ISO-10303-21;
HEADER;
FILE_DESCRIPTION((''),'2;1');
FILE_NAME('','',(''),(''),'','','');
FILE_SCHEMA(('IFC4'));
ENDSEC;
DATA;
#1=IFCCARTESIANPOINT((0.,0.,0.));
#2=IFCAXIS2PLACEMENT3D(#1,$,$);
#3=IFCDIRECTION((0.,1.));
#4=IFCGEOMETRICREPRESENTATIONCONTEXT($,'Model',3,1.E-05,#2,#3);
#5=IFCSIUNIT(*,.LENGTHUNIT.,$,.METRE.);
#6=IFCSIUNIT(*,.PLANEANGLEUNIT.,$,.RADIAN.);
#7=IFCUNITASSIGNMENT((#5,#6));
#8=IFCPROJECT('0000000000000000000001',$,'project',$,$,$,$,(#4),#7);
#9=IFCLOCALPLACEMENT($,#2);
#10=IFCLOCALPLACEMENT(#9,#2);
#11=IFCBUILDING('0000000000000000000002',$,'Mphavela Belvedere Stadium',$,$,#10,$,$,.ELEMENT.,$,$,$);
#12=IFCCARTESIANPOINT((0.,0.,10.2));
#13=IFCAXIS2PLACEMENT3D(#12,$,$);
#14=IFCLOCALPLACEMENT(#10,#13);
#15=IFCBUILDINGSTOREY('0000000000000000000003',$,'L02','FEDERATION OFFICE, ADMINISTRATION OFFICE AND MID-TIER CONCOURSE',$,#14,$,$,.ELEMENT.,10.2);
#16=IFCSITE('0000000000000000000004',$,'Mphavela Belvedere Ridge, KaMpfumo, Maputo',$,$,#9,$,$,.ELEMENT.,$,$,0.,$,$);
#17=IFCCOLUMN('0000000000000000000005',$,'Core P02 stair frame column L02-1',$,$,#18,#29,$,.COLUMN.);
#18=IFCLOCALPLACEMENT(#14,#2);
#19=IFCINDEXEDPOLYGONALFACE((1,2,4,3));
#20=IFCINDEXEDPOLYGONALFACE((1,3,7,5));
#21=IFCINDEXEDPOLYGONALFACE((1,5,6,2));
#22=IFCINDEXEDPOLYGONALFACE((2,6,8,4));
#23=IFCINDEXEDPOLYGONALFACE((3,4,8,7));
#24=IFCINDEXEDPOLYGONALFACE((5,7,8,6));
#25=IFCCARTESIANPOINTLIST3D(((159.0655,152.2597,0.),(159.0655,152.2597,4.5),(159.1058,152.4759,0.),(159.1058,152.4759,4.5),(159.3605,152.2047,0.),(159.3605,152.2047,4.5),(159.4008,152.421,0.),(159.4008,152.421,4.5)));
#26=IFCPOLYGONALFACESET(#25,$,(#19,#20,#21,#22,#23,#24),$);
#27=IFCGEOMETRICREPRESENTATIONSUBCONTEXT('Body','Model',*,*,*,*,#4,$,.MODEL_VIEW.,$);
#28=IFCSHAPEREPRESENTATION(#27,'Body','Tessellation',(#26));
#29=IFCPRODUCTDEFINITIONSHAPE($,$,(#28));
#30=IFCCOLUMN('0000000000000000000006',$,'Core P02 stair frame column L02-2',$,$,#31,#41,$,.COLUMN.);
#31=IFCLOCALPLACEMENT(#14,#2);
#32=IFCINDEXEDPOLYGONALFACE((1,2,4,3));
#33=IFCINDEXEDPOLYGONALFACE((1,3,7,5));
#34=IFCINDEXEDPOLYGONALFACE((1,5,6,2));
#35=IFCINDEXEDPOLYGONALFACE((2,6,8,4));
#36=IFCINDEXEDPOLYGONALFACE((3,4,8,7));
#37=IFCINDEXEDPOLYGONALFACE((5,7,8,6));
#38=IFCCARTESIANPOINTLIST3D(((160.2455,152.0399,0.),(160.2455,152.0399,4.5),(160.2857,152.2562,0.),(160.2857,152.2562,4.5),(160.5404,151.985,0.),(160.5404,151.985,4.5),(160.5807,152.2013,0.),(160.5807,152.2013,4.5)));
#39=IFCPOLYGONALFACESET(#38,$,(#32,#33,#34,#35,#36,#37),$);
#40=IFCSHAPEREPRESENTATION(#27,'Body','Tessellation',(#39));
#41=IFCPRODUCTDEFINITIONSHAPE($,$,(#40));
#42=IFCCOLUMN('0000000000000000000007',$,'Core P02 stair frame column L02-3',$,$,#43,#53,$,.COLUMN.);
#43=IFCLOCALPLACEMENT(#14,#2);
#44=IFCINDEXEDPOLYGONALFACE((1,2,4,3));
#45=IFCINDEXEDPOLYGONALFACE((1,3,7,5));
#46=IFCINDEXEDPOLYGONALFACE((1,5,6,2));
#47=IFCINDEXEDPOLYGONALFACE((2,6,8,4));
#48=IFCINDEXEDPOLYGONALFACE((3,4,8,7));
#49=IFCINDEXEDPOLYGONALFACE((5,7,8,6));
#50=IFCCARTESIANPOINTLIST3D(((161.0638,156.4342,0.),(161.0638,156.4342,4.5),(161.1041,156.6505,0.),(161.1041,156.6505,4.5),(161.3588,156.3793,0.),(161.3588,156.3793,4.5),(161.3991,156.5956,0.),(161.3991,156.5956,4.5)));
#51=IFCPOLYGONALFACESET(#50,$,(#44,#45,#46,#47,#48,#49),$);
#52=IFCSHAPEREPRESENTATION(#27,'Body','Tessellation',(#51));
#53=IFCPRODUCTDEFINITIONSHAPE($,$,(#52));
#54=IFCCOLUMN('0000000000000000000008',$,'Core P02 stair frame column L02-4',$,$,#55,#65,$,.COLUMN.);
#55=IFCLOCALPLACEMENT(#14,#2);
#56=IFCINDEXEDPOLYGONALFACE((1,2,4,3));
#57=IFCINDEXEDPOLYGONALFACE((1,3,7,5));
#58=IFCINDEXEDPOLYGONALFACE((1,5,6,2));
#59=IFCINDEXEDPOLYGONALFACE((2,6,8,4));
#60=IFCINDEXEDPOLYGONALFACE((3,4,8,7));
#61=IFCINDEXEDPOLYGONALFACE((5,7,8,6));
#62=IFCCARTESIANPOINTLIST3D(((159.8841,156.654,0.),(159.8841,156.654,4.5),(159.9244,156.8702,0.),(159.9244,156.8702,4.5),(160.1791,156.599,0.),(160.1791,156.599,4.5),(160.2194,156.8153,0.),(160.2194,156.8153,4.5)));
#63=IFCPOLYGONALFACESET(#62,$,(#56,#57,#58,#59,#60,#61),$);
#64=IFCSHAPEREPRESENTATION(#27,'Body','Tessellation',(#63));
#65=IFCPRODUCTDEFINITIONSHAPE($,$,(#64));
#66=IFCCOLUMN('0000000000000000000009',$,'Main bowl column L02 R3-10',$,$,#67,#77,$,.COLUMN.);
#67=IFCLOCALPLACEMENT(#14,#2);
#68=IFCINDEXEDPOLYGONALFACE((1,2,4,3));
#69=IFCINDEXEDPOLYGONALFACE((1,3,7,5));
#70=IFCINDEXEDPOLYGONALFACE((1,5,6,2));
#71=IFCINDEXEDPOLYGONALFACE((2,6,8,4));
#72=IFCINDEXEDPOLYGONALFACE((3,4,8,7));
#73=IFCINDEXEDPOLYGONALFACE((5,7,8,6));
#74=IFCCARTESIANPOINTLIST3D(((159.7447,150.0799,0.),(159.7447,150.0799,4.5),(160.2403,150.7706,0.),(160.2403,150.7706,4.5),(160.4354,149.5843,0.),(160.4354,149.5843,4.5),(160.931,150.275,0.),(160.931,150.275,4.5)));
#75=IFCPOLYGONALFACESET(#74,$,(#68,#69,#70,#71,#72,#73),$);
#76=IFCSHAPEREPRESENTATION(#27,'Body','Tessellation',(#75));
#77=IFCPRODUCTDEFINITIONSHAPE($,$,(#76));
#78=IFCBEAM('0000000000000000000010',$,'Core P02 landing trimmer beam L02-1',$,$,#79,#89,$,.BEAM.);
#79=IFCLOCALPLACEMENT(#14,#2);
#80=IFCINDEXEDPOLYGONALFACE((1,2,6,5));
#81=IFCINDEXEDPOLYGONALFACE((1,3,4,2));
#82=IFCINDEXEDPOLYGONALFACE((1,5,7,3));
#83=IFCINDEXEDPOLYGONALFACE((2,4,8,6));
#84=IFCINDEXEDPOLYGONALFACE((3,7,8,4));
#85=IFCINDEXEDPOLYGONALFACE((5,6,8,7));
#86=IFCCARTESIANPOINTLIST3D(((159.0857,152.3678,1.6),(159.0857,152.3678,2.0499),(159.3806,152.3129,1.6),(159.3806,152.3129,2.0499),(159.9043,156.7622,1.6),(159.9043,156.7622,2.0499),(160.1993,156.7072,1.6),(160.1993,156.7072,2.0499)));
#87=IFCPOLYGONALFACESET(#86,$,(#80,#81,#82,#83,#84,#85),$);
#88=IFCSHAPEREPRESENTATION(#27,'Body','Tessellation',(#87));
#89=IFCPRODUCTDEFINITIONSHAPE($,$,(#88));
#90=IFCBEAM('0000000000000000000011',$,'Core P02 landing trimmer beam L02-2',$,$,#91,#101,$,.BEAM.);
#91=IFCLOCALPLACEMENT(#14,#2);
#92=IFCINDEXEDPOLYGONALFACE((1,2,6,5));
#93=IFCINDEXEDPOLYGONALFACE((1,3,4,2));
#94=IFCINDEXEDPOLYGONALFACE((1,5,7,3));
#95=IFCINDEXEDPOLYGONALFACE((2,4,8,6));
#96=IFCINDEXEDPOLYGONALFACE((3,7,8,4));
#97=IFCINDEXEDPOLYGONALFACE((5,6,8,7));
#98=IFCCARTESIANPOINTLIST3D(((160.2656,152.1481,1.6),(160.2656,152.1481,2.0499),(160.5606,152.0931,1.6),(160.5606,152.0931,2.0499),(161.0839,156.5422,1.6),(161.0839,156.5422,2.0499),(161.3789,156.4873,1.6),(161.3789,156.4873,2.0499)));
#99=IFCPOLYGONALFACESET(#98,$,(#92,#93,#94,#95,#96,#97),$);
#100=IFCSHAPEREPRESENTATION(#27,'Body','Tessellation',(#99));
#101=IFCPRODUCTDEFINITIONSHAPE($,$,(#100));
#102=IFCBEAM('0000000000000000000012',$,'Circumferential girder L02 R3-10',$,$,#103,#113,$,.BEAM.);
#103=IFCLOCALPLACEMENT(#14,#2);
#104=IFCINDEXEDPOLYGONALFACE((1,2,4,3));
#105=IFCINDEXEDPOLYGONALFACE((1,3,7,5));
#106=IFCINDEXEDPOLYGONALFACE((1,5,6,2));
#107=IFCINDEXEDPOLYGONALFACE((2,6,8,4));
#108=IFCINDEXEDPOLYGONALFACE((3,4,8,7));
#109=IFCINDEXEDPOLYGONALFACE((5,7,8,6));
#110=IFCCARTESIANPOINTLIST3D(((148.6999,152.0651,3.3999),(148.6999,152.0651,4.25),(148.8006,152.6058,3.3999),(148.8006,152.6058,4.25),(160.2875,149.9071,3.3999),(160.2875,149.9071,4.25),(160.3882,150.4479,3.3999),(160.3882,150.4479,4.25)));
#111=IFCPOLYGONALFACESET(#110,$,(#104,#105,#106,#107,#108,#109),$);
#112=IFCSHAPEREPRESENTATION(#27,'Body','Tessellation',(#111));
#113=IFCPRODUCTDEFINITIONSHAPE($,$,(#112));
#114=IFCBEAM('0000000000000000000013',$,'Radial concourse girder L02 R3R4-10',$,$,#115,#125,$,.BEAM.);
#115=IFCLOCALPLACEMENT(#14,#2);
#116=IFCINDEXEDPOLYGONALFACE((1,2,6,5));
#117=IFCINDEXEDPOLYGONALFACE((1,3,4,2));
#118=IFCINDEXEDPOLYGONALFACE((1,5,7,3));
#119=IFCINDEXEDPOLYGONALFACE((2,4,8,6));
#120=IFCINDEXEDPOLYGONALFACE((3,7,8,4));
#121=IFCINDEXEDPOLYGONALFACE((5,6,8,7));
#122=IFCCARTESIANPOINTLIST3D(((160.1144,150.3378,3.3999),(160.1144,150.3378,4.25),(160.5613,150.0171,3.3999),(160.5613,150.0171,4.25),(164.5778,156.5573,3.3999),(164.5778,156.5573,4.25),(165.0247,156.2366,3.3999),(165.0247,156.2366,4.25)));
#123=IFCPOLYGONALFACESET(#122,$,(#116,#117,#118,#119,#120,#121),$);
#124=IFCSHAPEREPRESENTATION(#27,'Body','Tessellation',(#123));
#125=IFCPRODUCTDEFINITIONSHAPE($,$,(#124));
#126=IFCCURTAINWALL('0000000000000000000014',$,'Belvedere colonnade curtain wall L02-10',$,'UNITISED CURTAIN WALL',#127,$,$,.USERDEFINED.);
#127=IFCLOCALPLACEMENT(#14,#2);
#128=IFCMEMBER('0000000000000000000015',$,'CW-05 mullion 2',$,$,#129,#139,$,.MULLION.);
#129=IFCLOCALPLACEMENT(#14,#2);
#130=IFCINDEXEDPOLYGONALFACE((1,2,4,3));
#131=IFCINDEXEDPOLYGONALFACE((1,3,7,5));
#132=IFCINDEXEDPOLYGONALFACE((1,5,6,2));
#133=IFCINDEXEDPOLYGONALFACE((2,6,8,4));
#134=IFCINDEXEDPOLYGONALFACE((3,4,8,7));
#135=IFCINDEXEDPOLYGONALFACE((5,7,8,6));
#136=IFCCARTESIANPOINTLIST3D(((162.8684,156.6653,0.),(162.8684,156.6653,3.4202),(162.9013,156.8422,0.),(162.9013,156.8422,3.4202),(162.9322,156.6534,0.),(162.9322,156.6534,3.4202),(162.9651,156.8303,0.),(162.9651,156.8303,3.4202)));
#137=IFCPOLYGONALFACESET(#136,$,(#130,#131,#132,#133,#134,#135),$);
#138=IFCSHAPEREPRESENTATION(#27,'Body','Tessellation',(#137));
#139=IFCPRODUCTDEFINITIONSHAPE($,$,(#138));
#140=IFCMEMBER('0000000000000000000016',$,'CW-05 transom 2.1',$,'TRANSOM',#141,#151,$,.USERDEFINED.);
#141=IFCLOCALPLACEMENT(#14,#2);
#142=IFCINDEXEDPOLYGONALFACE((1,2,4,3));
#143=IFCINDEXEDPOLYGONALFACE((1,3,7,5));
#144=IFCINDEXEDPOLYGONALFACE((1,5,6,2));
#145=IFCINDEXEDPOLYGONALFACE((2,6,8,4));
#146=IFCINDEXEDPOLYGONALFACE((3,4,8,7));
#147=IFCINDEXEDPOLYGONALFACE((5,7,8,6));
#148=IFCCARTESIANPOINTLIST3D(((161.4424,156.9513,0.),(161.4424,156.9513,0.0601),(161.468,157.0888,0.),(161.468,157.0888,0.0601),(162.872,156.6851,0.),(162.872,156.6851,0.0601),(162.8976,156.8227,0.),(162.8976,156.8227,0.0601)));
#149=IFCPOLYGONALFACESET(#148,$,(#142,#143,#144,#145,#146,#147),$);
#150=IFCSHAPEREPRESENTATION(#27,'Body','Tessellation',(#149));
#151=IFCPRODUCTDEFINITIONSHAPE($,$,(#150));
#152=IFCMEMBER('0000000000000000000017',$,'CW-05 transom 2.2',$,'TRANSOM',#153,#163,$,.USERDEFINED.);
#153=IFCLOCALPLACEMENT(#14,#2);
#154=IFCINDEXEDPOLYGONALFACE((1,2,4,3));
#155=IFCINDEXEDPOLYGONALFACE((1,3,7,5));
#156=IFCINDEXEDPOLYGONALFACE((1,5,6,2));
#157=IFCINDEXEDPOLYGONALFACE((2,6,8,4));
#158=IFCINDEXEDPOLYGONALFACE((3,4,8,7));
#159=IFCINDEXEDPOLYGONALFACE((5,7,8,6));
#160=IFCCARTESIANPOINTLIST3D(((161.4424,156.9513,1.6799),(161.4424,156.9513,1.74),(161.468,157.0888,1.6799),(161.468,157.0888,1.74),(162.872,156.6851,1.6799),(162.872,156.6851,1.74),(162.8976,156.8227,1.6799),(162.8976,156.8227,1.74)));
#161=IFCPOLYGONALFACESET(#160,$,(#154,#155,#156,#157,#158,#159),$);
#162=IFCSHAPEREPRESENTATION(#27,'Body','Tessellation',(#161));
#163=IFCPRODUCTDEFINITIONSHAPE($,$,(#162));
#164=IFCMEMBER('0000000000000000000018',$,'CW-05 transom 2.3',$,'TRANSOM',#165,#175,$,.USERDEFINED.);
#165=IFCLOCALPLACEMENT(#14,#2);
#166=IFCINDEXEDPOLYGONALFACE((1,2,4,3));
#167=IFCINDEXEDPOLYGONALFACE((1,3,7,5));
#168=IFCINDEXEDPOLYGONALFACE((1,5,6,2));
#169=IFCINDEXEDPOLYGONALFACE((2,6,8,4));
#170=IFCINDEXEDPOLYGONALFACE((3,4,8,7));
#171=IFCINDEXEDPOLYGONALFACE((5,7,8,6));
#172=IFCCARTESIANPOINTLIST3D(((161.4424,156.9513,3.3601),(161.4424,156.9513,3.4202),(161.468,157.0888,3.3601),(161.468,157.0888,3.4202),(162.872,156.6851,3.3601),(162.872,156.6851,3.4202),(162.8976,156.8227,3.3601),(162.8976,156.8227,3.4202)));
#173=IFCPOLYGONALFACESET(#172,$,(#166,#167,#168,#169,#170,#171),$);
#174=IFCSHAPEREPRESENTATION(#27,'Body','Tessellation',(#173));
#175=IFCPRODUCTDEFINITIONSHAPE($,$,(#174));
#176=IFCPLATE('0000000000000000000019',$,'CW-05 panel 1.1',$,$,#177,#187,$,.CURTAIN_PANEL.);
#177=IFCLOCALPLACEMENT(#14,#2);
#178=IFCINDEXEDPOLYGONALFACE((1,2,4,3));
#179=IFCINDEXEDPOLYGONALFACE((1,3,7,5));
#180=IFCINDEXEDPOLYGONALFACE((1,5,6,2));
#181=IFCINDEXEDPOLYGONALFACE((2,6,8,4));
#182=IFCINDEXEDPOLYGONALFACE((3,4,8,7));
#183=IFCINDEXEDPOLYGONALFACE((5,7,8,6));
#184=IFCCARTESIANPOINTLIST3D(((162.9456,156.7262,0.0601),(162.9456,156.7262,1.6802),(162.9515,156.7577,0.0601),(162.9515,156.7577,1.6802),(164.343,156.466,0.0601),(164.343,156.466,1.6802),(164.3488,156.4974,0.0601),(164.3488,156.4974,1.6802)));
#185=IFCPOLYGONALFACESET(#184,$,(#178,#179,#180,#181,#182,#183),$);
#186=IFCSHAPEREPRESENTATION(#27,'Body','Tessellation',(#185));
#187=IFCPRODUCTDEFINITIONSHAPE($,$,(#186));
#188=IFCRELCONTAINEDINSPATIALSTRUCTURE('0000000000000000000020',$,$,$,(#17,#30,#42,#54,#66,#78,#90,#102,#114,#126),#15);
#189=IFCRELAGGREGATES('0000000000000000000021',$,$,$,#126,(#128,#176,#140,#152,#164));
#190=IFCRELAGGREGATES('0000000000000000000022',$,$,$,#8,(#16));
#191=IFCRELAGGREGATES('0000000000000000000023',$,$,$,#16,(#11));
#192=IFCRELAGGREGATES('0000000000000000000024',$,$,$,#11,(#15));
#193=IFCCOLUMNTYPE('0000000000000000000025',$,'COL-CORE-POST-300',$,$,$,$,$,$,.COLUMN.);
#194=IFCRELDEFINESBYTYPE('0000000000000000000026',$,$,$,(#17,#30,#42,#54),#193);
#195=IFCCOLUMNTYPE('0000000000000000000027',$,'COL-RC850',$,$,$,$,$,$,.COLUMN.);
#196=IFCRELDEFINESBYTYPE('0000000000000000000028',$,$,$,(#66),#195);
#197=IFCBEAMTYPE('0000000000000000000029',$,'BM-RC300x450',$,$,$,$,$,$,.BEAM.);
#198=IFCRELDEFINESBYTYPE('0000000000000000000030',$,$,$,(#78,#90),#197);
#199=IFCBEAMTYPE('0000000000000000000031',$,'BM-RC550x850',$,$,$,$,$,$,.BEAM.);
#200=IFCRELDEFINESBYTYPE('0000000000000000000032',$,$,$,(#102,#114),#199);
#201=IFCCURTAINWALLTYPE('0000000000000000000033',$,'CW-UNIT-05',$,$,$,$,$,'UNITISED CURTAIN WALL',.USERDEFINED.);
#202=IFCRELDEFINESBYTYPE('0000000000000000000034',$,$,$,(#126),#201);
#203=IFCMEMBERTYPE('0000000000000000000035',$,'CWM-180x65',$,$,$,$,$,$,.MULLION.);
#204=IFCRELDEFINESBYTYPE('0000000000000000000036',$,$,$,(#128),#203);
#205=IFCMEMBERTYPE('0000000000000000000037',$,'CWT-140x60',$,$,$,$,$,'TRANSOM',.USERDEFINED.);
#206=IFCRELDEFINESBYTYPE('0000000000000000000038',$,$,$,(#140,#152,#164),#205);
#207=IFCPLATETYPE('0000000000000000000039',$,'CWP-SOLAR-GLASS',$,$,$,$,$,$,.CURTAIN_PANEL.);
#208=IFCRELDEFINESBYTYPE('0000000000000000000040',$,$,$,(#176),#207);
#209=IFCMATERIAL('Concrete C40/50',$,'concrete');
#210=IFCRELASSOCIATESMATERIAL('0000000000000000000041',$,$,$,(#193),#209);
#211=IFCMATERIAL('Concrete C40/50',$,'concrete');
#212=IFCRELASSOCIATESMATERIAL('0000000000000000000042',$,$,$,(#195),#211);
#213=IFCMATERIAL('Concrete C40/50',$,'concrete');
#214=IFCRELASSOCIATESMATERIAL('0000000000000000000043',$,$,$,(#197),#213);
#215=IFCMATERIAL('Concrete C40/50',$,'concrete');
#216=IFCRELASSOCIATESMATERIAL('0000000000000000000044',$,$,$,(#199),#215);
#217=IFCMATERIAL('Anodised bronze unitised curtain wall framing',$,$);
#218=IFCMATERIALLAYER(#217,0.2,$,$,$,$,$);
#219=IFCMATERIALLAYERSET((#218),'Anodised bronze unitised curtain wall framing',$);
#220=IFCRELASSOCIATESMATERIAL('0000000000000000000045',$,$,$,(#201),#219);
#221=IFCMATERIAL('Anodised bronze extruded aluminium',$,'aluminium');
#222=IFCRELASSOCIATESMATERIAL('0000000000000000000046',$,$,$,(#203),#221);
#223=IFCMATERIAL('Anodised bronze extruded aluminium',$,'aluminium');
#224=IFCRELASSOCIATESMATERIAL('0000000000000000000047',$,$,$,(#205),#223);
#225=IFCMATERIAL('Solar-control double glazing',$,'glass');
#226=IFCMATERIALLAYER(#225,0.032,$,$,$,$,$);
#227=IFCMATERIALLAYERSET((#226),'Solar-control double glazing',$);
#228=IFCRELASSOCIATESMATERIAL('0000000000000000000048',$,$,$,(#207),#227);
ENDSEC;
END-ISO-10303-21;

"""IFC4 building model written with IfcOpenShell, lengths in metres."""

from ifc_helpers import new_model, si_unit, direction, frame, origin, origin_2d, place, context, subcontext, project, spatial, rectangle, extrude, material, layer, layer_set, material_profile, profile_set, type_object, element, aggregate, save


model = new_model("IFC4")

# Units and contexts
model_context = context("Model", 3, precision=1e-05, world=origin(), true_north=direction((0.0, 1.0)))
body_context = subcontext(model_context, "Body", "Model", "MODEL_VIEW")
ifc_project = project(units=[si_unit("LENGTHUNIT", "METRE"), si_unit("PLANEANGLEUNIT", "RADIAN")], contexts=[model_context])

# Site, building, storey
site_placement = place(None, origin())
site = spatial("IfcSite", under=ifc_project, at=site_placement, Name="Mphavela Belvedere Ridge, KaMpfumo, Maputo", CompositionType="ELEMENT", RefElevation=0.0)
building_placement = place(site_placement, origin())
building = spatial("IfcBuilding", under=site, at=building_placement, Name="Mphavela Belvedere Stadium", CompositionType="ELEMENT")
storey_placement = place(building_placement, frame((0.0, 0.0, 10.2)))
storey = spatial("IfcBuildingStorey", under=building, at=storey_placement, Name="L02", Description="FEDERATION OFFICE, ADMINISTRATION OFFICE AND MID-TIER CONCOURSE", CompositionType="ELEMENT", Elevation=10.2)

# Columns
ifc_material_1 = material(Name="Concrete C40/50", Category="concrete")
ifc_material_profile_1 = material_profile(ifc_material_1, rectangle(XDim=0.3, YDim=0.22, at=origin_2d()), Name="RC 300x220")
ifc_profile_set_1 = profile_set([ifc_material_profile_1], Name="Concrete C40/50")
column_type_1 = type_object("IfcColumnType", Name="COL-CORE-POST-300", PredefinedType="COLUMN", material=ifc_profile_set_1)
for number, where, z_axis, x_axis, name in (
    (1, (159.2332, 152.3403, 0.0), (0.0, 0.0, 1.0), (0.983096, -0.183094, 0.0), "Core P02 stair frame column L02-1"),
    (2, (160.4131, 152.1206, 0.0), (0.0, 0.0, 1.0), (0.983096, -0.183094, 0.0), "Core P02 stair frame column L02-2"),
    (3, (161.2314, 156.5149, 0.0), (0.0, 0.0, 1.0), (0.983096, -0.183094, 0.0), "Core P02 stair frame column L02-3"),
    (4, (160.0518, 156.7346, 0.0), (0.0, 0.0, 1.0), (0.983096, -0.183094, 0.0), "Core P02 stair frame column L02-4"),
):
    element("IfcColumn", number, at=place(storey_placement, frame(where, z_axis=z_axis, x_axis=x_axis)), inside=storey, type_object=column_type_1, Name=name, PredefinedType="COLUMN", context=body_context, shape_type="SweptSolid", body=[
        extrude(rectangle(XDim=0.3, YDim=0.22, at=origin_2d()), origin(), (0.0, 0.0, 1.0), 4.5),
    ])
ifc_material_2 = material(Name="Concrete C40/50", Category="concrete")
ifc_material_profile_2 = material_profile(ifc_material_2, rectangle(XDim=0.8501, YDim=0.8501, at=origin_2d()), Name="RC 850x850")
ifc_profile_set_2 = profile_set([ifc_material_profile_2], Name="Concrete C40/50")
column_type_2 = type_object("IfcColumnType", Name="COL-RC850", PredefinedType="COLUMN", material=ifc_profile_set_2)
column_placement = place(storey_placement, frame((160.3379, 150.1775, 0.0), z_axis=(0.0, 0.0, 1.0), x_axis=(0.582974, 0.812491, 0.0)))
element("IfcColumn", 5, at=column_placement, inside=storey, type_object=column_type_2, Name="Main bowl column L02 R3-10", PredefinedType="COLUMN", context=body_context, shape_type="SweptSolid", body=[
    extrude(rectangle(XDim=0.8501, YDim=0.8501, at=origin_2d()), origin(), (0.0, 0.0, 1.0), 4.5),
])

# Beams
ifc_material_3 = material(Name="Concrete C40/50", Category="concrete")
ifc_material_profile_3 = material_profile(ifc_material_3, rectangle(XDim=0.3, YDim=0.45, at=origin_2d()), Name="RC 300x450")
ifc_profile_set_3 = profile_set([ifc_material_profile_3], Name="Concrete C40/50")
beam_type_1 = type_object("IfcBeamType", Name="BM-RC300x450", PredefinedType="BEAM", material=ifc_profile_set_3)
beam_1_placement = place(storey_placement, frame((159.2332, 152.3403, 1.825), z_axis=(0.183137, 0.983087, 0.0), x_axis=(-0.983087, 0.183137, 0.0)))
element("IfcBeam", 6, at=beam_1_placement, inside=storey, type_object=beam_type_1, Name="Core P02 landing trimmer beam L02-1", PredefinedType="BEAM", context=body_context, shape_type="SweptSolid", body=[
    extrude(rectangle(XDim=0.3, YDim=0.45, at=origin_2d()), origin(), (0.0, 0.0, 1.0), 4.47),
])
beam_2_placement = place(storey_placement, frame((160.4131, 152.1206, 1.825), z_axis=(0.183085, 0.983097, 0.0), x_axis=(-0.983097, 0.183085, 0.0)))
element("IfcBeam", 7, at=beam_2_placement, inside=storey, type_object=beam_type_1, Name="Core P02 landing trimmer beam L02-2", PredefinedType="BEAM", context=body_context, shape_type="SweptSolid", body=[
    extrude(rectangle(XDim=0.3, YDim=0.45, at=origin_2d()), origin(), (0.0, 0.0, 1.0), 4.4697),
])
ifc_material_4 = material(Name="Concrete C40/50", Category="concrete")
ifc_material_profile_4 = material_profile(ifc_material_4, rectangle(XDim=0.55, YDim=0.8501, at=origin_2d()), Name="RC 550x850")
ifc_profile_set_4 = profile_set([ifc_material_profile_4], Name="Concrete C40/50")
beam_type_2 = type_object("IfcBeamType", Name="BM-RC550x850", PredefinedType="BEAM", material=ifc_profile_set_4)
beam_3_placement = place(storey_placement, frame((160.3379, 150.1775, 3.825), z_axis=(-0.983098, 0.183082, 0.0), x_axis=(-0.183082, -0.983098, 0.0)))
element("IfcBeam", 8, at=beam_3_placement, inside=storey, type_object=beam_type_2, Name="Circumferential girder L02 R3-10", PredefinedType="BEAM", context=body_context, shape_type="SweptSolid", body=[
    extrude(rectangle(XDim=0.55, YDim=0.8501, at=origin_2d()), origin(), (0.0, 0.0, 1.0), 11.7869),
])
beam_4_placement = place(storey_placement, frame((160.3379, 150.1775, 3.825), z_axis=(0.583044, 0.812441, 0.0), x_axis=(-0.812441, 0.583044, 0.0)))
element("IfcBeam", 9, at=beam_4_placement, inside=storey, type_object=beam_type_2, Name="Radial concourse girder L02 R3R4-10", PredefinedType="BEAM", context=body_context, shape_type="SweptSolid", body=[
    extrude(rectangle(XDim=0.55, YDim=0.8501, at=origin_2d()), origin(), (0.0, 0.0, 1.0), 7.6553),
])

# Curtain wall, members, plate
ifc_material_5 = material(Name="Anodised bronze unitised curtain wall framing")
ifc_layer_1 = layer(ifc_material_5, 0.2)
ifc_layer_set_1 = layer_set([ifc_layer_1], Name="Anodised bronze unitised curtain wall framing")
curtain_wall_type = type_object("IfcCurtainWallType", Name="CW-UNIT-05", ElementType="UNITISED CURTAIN WALL", PredefinedType="USERDEFINED", material=ifc_layer_set_1)
curtain_wall_placement = place(storey_placement, origin())
curtain_wall = element("IfcCurtainWall", 10, at=curtain_wall_placement, inside=storey, type_object=curtain_wall_type, Name="Belvedere colonnade curtain wall L02-10", ObjectType="UNITISED CURTAIN WALL", PredefinedType="USERDEFINED")
ifc_material_6 = material(Name="Anodised bronze extruded aluminium", Category="aluminium")
ifc_material_profile_5 = material_profile(ifc_material_6, rectangle(XDim=0.1799, YDim=0.0649, at=origin_2d()), Name="CW-MUL 180x65")
ifc_profile_set_5 = profile_set([ifc_material_profile_5], Name="Anodised bronze extruded aluminium")
member_type_1 = type_object("IfcMemberType", Name="CWM-180x65", PredefinedType="MULLION", material=ifc_profile_set_5)
member_1_placement = place(storey_placement, frame((162.9167, 156.7478, 0.0), z_axis=(0.0, 0.0, 1.0), x_axis=(-0.183085, -0.983097, 0.0)))
member_1 = element("IfcMember", 11, at=member_1_placement, type_object=member_type_1, Name="CW-05 mullion 2", PredefinedType="MULLION", context=body_context, shape_type="SweptSolid", body=[
    extrude(rectangle(XDim=0.1799, YDim=0.0649, at=origin_2d()), origin(), (0.0, 0.0, 1.0), 3.4202),
])
ifc_material_7 = material(Name="Anodised bronze extruded aluminium", Category="aluminium")
ifc_material_profile_6 = material_profile(ifc_material_7, rectangle(XDim=0.1399, YDim=0.0601, at=origin_2d()), Name="CW-TRN 140x60")
ifc_profile_set_6 = profile_set([ifc_material_profile_6], Name="Anodised bronze extruded aluminium")
member_type_2 = type_object("IfcMemberType", Name="CWT-140x60", ElementType="TRANSOM", PredefinedType="USERDEFINED", material=ifc_profile_set_6)
member_2_placement = place(storey_placement, frame((162.8848, 156.7539, 0.03), z_axis=(-0.983109, 0.183021, 0.0), x_axis=(-0.183021, -0.983109, 0.0)))
member_2 = element("IfcMember", 12, at=member_2_placement, type_object=member_type_2, Name="CW-05 transom 2.1", ObjectType="TRANSOM", PredefinedType="USERDEFINED", context=body_context, shape_type="SweptSolid", body=[
    extrude(rectangle(XDim=0.1399, YDim=0.0601, at=origin_2d()), origin(), (0.0, 0.0, 1.0), 1.4541),
])
member_3_placement = place(storey_placement, frame((162.8848, 156.7539, 1.71), z_axis=(-0.983109, 0.183021, 0.0), x_axis=(-0.183021, -0.983109, 0.0)))
member_3 = element("IfcMember", 13, at=member_3_placement, type_object=member_type_2, Name="CW-05 transom 2.2", ObjectType="TRANSOM", PredefinedType="USERDEFINED", context=body_context, shape_type="SweptSolid", body=[
    extrude(rectangle(XDim=0.1399, YDim=0.0601, at=origin_2d()), origin(), (0.0, 0.0, 1.0), 1.4541),
])
member_4_placement = place(storey_placement, frame((162.8848, 156.7539, 3.3901), z_axis=(-0.983109, 0.183021, 0.0), x_axis=(-0.183021, -0.983109, 0.0)))
member_4 = element("IfcMember", 14, at=member_4_placement, type_object=member_type_2, Name="CW-05 transom 2.3", ObjectType="TRANSOM", PredefinedType="USERDEFINED", context=body_context, shape_type="SweptSolid", body=[
    extrude(rectangle(XDim=0.1399, YDim=0.0601, at=origin_2d()), origin(), (0.0, 0.0, 1.0), 1.4541),
])
ifc_material_8 = material(Name="Solar-control double glazing", Category="glass")
ifc_layer_2 = layer(ifc_material_8, 0.032)
ifc_layer_set_2 = layer_set([ifc_layer_2], Name="Solar-control double glazing")
plate_type = type_object("IfcPlateType", Name="CWP-SOLAR-GLASS", PredefinedType="CURTAIN_PANEL", material=ifc_layer_set_2)
plate_1_placement = place(storey_placement, frame((163.6472, 156.6118, 0.0601), z_axis=(0.0, 0.0, 1.0), x_axis=(-0.983097, 0.183085, 0.0)))
plate_1 = element("IfcPlate", 15, at=plate_1_placement, type_object=plate_type, Name="CW-05 panel 1.1", PredefinedType="CURTAIN_PANEL", context=body_context, shape_type="SweptSolid", body=[
    extrude(rectangle(XDim=1.4214, YDim=0.032, at=origin_2d()), origin(), (0.0, 0.0, 1.0), 1.6201),
])
aggregate(curtain_wall, [member_1, plate_1, member_2, member_3, member_4])

save(model, "model.ifc")
